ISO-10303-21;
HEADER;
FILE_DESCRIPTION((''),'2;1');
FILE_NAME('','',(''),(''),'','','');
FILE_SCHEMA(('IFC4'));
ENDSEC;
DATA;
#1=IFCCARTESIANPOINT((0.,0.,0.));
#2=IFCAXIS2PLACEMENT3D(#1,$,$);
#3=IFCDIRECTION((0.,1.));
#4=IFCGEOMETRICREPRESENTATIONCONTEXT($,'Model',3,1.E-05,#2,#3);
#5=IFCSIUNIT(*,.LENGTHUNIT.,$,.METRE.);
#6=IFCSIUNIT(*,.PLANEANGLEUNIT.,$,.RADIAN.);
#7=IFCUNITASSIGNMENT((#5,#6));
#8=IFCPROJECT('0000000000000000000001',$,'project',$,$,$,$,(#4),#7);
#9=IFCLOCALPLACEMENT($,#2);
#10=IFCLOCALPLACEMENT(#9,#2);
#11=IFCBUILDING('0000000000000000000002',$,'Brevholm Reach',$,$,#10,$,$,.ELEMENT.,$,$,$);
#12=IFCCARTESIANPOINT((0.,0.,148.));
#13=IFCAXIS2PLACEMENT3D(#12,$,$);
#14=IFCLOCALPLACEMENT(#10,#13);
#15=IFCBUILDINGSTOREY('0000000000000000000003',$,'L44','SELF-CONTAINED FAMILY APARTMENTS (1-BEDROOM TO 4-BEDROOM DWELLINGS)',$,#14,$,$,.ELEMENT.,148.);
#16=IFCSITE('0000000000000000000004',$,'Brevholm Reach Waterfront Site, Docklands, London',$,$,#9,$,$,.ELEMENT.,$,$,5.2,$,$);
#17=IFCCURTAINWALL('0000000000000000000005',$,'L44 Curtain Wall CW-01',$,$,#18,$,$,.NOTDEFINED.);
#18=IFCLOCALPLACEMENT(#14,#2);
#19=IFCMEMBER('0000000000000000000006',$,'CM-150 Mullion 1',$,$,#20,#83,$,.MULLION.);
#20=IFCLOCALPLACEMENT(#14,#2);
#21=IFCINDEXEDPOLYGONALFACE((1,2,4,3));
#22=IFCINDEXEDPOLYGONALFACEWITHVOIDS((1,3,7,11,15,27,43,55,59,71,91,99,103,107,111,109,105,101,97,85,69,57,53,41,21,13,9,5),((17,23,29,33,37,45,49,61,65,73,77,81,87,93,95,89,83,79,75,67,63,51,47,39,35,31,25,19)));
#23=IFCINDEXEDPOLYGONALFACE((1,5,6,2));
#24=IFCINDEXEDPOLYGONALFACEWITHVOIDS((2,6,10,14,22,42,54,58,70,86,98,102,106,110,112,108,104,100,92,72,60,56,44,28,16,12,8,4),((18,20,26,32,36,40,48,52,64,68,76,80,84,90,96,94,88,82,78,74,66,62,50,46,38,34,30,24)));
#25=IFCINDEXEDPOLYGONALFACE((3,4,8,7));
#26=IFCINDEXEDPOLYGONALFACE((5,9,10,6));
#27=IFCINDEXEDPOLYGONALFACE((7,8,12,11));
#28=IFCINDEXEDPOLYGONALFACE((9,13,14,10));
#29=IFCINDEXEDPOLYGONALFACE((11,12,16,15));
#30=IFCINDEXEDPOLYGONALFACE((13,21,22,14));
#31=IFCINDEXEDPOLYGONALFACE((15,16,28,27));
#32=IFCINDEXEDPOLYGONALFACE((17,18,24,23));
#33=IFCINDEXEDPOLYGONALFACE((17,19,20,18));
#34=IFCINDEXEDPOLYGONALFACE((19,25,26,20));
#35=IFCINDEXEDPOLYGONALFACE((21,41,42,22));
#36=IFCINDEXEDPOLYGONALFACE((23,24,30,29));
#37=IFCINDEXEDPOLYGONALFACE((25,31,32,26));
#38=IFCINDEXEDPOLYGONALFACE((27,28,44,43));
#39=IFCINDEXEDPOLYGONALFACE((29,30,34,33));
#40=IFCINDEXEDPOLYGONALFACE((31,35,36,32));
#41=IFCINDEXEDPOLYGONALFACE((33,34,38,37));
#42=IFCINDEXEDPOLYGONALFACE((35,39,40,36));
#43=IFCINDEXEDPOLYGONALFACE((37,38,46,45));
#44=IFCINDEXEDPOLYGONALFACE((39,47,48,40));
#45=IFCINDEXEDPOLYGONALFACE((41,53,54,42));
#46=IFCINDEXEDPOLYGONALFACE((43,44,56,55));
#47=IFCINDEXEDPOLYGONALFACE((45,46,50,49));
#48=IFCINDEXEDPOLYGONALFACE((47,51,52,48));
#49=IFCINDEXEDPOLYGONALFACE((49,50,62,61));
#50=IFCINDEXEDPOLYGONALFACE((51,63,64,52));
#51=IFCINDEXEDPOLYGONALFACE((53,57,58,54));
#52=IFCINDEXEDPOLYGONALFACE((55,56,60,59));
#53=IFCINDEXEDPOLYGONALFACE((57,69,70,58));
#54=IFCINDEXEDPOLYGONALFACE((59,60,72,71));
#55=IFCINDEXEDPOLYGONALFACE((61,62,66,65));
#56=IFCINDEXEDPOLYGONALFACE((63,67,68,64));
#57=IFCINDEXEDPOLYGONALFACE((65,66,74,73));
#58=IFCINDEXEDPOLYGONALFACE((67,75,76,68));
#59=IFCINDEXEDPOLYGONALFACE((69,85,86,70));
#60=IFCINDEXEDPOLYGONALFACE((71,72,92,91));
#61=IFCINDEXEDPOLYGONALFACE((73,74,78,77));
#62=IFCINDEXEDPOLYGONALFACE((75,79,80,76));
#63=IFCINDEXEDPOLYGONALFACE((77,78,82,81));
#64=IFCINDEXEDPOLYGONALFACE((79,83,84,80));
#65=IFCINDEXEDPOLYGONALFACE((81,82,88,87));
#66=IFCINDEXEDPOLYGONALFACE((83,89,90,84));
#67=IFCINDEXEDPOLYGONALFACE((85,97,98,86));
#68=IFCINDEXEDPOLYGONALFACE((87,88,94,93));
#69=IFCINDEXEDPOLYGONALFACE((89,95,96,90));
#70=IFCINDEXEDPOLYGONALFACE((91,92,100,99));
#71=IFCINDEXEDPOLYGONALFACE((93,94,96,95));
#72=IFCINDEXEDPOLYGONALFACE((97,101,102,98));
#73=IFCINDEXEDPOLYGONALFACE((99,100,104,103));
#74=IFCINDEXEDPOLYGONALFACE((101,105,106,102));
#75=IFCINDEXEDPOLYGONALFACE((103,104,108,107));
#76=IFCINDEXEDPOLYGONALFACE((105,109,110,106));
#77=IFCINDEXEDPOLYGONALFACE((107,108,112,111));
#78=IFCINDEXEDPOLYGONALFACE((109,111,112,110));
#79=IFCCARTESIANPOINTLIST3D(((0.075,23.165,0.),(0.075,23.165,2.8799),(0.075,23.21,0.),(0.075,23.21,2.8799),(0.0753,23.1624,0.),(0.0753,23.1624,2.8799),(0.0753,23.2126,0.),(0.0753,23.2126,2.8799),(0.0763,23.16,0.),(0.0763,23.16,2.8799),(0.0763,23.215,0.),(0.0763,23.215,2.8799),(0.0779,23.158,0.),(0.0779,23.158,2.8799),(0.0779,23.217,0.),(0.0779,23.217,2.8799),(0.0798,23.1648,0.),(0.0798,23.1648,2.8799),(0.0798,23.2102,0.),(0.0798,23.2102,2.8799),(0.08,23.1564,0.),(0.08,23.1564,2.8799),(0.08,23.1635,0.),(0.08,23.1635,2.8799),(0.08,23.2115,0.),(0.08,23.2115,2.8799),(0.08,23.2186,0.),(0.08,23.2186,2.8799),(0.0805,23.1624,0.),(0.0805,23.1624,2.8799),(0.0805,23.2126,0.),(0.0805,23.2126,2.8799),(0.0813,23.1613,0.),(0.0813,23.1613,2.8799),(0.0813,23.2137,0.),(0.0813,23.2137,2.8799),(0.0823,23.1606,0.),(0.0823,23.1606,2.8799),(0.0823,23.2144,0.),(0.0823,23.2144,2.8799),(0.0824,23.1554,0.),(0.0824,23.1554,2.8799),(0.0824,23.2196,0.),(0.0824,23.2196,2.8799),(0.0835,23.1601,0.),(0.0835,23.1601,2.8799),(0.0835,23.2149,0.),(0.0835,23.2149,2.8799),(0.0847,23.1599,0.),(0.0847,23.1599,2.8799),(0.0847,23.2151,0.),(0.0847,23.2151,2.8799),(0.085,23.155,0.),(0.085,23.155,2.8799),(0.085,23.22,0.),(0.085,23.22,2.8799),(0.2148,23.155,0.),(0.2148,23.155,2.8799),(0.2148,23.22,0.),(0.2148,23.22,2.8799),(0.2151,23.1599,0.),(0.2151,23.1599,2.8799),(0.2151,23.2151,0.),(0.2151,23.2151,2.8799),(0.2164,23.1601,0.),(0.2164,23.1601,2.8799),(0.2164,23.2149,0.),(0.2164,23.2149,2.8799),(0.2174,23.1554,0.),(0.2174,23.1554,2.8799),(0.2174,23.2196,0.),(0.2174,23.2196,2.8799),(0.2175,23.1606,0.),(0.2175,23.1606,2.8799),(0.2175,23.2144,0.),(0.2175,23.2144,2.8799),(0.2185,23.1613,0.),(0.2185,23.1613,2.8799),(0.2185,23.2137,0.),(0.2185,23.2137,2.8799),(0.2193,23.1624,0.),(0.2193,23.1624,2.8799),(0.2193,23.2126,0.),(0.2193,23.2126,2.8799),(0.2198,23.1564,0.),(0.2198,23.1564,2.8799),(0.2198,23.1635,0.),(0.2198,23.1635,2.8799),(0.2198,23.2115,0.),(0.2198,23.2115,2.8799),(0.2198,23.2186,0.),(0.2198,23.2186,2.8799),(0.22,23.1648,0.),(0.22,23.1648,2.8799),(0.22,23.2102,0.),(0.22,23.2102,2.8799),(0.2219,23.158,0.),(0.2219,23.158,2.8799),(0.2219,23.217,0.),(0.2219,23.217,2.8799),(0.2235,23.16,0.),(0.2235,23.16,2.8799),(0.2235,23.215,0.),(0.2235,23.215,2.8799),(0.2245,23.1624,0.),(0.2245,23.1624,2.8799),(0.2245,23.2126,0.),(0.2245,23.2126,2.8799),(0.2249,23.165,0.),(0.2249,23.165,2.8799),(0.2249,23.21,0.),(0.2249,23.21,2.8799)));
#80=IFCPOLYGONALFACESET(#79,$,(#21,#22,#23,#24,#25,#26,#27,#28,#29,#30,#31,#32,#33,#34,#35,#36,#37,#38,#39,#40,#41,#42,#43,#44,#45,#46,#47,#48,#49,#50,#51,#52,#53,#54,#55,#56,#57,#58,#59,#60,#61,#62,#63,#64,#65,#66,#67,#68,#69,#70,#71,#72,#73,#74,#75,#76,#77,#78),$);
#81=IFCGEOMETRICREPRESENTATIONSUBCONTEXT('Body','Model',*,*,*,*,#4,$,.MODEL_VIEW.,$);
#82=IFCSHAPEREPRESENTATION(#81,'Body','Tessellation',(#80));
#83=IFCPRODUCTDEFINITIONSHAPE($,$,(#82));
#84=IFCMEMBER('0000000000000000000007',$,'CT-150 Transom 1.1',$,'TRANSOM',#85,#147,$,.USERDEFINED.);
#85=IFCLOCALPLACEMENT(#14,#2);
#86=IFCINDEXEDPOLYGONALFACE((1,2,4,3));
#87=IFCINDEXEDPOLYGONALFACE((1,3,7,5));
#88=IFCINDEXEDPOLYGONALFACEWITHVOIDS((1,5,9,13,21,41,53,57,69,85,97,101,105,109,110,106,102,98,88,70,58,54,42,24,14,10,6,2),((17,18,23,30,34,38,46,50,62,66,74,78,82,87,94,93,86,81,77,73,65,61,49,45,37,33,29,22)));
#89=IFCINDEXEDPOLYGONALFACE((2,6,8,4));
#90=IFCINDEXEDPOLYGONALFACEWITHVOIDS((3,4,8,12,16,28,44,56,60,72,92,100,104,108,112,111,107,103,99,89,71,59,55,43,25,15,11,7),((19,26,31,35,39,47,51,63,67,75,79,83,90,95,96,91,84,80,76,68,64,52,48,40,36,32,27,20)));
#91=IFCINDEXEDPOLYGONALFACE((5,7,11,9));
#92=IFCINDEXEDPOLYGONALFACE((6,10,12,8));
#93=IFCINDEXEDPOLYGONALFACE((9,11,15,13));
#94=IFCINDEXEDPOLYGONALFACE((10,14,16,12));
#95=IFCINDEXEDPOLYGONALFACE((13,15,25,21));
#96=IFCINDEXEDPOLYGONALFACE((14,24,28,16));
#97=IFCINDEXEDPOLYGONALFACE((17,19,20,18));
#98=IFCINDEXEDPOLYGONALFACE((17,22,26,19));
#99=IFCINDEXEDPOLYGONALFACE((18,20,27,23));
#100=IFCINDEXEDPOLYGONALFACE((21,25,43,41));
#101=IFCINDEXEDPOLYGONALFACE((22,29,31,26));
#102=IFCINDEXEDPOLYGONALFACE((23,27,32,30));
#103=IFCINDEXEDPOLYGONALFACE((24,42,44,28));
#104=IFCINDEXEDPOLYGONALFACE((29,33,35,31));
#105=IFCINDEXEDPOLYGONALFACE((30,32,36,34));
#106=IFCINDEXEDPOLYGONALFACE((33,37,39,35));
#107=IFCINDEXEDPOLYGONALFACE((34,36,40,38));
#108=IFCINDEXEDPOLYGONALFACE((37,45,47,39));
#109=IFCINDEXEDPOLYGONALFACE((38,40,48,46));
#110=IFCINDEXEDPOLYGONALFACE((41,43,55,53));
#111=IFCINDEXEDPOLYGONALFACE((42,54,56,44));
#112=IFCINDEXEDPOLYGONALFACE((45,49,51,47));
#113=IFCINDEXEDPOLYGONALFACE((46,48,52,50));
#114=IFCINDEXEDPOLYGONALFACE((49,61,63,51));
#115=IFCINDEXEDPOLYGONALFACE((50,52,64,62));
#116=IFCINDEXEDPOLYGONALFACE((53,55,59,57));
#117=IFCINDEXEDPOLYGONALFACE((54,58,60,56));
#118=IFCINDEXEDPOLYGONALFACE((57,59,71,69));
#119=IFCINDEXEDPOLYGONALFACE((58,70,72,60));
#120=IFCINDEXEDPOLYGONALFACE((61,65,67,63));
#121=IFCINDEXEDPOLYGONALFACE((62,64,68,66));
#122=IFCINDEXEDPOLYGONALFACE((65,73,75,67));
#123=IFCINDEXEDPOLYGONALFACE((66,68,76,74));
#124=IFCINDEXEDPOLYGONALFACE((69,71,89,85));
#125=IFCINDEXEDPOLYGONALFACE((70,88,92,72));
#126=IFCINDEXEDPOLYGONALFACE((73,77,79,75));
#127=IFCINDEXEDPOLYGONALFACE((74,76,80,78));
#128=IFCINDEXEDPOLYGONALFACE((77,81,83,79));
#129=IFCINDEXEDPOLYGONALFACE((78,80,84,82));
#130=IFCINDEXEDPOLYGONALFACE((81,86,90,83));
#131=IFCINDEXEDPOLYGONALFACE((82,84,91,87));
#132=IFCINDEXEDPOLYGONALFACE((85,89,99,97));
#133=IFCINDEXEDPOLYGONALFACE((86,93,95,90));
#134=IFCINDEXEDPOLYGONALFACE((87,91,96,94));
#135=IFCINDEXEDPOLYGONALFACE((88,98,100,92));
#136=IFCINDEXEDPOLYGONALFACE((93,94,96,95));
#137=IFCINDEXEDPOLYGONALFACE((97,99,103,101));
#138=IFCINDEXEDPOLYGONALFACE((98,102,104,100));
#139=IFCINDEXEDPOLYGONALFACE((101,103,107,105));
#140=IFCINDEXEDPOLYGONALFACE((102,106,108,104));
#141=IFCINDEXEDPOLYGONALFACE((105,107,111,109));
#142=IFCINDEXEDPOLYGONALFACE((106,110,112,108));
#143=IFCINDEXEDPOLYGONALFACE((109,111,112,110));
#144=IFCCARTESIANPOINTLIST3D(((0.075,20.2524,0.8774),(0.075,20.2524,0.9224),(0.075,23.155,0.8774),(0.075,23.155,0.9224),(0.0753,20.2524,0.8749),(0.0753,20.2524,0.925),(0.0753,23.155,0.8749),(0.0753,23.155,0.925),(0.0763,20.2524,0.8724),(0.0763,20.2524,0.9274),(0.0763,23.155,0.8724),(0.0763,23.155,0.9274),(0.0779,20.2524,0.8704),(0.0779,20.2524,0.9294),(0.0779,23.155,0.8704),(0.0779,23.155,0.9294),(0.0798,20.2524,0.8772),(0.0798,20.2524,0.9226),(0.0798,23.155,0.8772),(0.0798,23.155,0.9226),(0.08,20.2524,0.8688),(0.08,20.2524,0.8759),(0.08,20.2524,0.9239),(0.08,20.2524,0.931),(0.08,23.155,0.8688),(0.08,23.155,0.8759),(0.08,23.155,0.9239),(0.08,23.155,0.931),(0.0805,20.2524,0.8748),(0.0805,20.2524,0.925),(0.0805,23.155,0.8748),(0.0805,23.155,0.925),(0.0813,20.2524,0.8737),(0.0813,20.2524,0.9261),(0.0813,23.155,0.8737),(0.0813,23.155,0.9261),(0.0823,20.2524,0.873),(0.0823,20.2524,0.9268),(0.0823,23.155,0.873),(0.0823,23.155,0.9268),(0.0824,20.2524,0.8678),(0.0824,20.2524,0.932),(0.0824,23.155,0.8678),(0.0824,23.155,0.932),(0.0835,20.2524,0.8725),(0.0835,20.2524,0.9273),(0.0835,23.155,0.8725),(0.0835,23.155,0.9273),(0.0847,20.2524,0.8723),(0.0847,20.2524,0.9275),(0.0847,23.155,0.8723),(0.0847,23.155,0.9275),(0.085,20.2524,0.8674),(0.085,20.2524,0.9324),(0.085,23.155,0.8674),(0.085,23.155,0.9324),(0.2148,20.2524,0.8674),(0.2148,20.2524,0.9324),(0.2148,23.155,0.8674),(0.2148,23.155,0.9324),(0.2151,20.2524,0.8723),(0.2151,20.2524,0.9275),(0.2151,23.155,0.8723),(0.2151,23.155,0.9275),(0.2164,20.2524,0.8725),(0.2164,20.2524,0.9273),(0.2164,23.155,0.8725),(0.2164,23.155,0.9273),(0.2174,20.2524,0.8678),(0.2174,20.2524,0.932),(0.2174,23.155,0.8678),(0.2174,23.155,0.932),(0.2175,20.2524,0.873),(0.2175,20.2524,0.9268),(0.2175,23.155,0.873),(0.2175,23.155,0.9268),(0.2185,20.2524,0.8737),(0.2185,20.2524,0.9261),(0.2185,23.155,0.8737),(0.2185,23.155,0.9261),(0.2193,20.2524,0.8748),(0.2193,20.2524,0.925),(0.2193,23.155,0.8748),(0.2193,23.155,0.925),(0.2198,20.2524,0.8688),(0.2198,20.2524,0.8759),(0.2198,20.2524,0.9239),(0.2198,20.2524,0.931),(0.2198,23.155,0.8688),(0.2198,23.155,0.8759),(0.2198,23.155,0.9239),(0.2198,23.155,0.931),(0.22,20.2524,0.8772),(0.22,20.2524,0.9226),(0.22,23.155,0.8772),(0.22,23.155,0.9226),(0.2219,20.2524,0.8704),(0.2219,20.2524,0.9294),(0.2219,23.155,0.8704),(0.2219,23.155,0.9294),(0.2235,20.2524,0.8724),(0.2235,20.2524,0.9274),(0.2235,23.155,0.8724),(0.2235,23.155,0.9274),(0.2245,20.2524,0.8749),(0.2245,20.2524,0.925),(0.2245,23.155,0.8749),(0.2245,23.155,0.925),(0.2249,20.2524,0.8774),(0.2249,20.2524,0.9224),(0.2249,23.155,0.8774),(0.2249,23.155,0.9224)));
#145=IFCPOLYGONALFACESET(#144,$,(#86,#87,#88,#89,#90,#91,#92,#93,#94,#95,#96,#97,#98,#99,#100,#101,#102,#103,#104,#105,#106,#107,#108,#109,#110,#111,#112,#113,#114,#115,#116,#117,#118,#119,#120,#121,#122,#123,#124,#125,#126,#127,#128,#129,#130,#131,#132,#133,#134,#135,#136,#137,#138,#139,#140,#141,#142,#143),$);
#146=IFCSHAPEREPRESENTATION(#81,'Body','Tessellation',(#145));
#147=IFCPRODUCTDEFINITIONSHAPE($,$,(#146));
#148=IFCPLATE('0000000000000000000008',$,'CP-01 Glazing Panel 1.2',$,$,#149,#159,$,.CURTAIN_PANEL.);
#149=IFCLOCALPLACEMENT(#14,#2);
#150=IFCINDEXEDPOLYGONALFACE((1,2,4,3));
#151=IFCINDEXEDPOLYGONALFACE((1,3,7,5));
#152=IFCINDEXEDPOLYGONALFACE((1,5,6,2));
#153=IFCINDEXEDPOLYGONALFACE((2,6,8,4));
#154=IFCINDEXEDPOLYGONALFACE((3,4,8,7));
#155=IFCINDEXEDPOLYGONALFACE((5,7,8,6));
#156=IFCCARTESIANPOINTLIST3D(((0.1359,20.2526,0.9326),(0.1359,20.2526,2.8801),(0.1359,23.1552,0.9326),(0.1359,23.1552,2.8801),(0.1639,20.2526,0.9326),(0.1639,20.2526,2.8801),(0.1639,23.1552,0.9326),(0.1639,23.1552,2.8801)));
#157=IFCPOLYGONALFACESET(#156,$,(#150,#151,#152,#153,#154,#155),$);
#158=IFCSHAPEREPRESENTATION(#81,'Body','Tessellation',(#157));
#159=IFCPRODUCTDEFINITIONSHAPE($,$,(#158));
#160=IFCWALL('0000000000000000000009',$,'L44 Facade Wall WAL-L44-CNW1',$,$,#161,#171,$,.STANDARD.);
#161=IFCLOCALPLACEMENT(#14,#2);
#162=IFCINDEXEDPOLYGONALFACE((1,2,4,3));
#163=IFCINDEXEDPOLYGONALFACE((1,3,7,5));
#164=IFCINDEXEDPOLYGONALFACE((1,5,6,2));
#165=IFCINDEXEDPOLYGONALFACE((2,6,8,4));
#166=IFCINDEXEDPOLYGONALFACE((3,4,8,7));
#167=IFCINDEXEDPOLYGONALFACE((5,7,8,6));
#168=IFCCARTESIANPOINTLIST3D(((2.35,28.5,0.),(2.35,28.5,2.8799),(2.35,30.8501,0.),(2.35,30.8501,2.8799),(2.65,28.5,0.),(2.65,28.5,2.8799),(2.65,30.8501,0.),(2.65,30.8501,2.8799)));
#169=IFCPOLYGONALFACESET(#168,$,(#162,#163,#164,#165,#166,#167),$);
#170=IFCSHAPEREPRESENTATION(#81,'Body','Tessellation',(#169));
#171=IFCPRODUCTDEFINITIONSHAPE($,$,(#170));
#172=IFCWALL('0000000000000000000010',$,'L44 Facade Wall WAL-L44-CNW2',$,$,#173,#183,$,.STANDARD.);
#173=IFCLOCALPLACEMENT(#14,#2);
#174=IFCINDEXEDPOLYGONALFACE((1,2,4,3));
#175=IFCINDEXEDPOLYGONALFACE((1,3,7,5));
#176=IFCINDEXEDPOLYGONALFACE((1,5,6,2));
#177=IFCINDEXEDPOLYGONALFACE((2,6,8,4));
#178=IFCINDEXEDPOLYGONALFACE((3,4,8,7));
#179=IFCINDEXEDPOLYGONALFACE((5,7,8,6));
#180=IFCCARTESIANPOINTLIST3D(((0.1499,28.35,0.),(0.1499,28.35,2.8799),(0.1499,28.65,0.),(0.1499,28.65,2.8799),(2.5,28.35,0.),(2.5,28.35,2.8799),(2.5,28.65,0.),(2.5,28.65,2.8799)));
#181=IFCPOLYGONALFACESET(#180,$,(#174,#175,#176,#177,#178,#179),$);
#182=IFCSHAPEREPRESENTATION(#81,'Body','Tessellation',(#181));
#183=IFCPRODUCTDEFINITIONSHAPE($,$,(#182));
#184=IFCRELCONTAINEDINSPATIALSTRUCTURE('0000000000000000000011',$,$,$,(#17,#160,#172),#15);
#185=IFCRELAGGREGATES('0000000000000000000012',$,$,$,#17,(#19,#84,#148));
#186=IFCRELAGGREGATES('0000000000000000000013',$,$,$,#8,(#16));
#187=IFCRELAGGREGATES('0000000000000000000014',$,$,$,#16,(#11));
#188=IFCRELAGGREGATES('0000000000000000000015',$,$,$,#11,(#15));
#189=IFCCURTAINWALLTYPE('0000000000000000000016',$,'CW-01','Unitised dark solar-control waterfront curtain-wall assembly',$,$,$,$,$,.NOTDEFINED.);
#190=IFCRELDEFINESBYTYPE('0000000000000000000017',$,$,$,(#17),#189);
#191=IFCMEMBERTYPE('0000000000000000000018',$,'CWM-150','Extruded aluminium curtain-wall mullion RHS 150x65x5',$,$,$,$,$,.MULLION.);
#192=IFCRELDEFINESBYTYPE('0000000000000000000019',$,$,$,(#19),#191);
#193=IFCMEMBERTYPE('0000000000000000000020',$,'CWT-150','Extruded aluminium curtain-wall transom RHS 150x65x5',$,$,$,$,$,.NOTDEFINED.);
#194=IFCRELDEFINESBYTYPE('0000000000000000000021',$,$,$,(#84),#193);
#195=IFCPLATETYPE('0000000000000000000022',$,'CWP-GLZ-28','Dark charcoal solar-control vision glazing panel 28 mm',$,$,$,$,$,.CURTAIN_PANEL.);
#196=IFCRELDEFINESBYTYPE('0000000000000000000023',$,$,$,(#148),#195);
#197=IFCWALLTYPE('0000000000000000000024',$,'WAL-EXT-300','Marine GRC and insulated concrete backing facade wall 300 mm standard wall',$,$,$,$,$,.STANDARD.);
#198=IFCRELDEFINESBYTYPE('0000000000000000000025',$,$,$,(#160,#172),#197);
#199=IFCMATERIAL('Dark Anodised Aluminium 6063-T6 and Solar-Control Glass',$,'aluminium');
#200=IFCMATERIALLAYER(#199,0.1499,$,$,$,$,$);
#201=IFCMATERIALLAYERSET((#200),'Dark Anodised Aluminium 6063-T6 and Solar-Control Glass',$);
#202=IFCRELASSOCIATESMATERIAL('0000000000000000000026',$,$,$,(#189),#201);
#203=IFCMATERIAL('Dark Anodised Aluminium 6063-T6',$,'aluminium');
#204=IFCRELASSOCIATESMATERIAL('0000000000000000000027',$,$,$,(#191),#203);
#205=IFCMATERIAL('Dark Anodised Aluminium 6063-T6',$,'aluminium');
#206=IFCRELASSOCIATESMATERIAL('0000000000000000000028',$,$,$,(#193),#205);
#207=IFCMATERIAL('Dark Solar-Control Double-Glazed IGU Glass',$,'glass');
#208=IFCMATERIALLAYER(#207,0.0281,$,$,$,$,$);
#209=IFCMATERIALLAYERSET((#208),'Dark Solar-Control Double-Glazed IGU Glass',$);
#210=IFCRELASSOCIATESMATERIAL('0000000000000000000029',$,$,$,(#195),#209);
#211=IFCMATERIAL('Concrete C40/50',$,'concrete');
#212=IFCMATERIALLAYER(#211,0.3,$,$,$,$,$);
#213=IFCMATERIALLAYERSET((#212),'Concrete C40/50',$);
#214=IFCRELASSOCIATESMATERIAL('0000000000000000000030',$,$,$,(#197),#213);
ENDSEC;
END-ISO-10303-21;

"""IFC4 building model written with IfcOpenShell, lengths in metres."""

from ifc_helpers import new_model, si_unit, direction, frame, frame_2d, origin, origin_2d, place, context, subcontext, project, spatial, rectangle, hollow_rectangle, extrude, material, layer, layer_set, material_profile, profile_set, type_object, element, aggregate, save


model = new_model("IFC4")

# Units and contexts
model_context = context("Model", 3, precision=1e-05, world=origin(), true_north=direction((0.0, 1.0)))
body_context = subcontext(model_context, "Body", "Model", "MODEL_VIEW")
ifc_project = project(units=[si_unit("LENGTHUNIT", "METRE"), si_unit("PLANEANGLEUNIT", "RADIAN")], contexts=[model_context])

# Site, building, storey
site_placement = place(None, origin())
site = spatial("IfcSite", under=ifc_project, at=site_placement, Name="Brevholm Reach Waterfront Site, Docklands, London", CompositionType="ELEMENT", RefElevation=5.2)
building_placement = place(site_placement, origin())
building = spatial("IfcBuilding", under=site, at=building_placement, Name="Brevholm Reach", CompositionType="ELEMENT")
storey_placement = place(building_placement, frame((0.0, 0.0, 148.0)))
storey = spatial("IfcBuildingStorey", under=building, at=storey_placement, Name="L44", Description="SELF-CONTAINED FAMILY APARTMENTS (1-BEDROOM TO 4-BEDROOM DWELLINGS)", CompositionType="ELEMENT", Elevation=148.0)

# Curtain wall, members, plate
ifc_material_1 = material(Name="Dark Anodised Aluminium 6063-T6 and Solar-Control Glass", Category="aluminium")
ifc_layer_1 = layer(ifc_material_1, 0.1499)
ifc_layer_set_1 = layer_set([ifc_layer_1], Name="Dark Anodised Aluminium 6063-T6 and Solar-Control Glass")
curtain_wall_type = type_object("IfcCurtainWallType", Name="CW-01", Description="Unitised dark solar-control waterfront curtain-wall assembly", PredefinedType="NOTDEFINED", material=ifc_layer_set_1)
curtain_wall_placement = place(storey_placement, origin())
curtain_wall = element("IfcCurtainWall", 1, at=curtain_wall_placement, inside=storey, type_object=curtain_wall_type, Name="L44 Curtain Wall CW-01", PredefinedType="NOTDEFINED")
ifc_material_2 = material(Name="Dark Anodised Aluminium 6063-T6", Category="aluminium")
ifc_material_profile_1 = material_profile(ifc_material_2, hollow_rectangle(XDim=0.0649, YDim=0.1499, WallThickness=0.0049, InnerFilletRadius=0.0049, OuterFilletRadius=0.01, at=origin_2d()), Name="RHS 150x65x5")
ifc_profile_set_1 = profile_set([ifc_material_profile_1], Name="Dark Anodised Aluminium 6063-T6")
member_type_1 = type_object("IfcMemberType", Name="CWM-150", Description="Extruded aluminium curtain-wall mullion RHS 150x65x5", PredefinedType="MULLION", material=ifc_profile_set_1)
member_1_placement = place(storey_placement, frame((0.1499, 23.1875, 0.0), z_axis=(0.0, 0.0, 1.0), x_axis=(0.0, -1.0, 0.0)))
member_1 = element("IfcMember", 2, at=member_1_placement, type_object=member_type_1, Name="CM-150 Mullion 1", PredefinedType="MULLION", context=body_context, shape_type="SweptSolid", body=[
    extrude(hollow_rectangle(XDim=0.0649, YDim=0.1499, WallThickness=0.0049, InnerFilletRadius=0.0049, OuterFilletRadius=0.01, at=origin_2d()), origin(), (0.0, 0.0, 1.0), 2.8799),
])
ifc_material_3 = material(Name="Dark Anodised Aluminium 6063-T6", Category="aluminium")
ifc_material_profile_2 = material_profile(ifc_material_3, hollow_rectangle(XDim=0.0649, YDim=0.1499, WallThickness=0.0049, InnerFilletRadius=0.0049, OuterFilletRadius=0.01, at=origin_2d()), Name="RHS 150x65x5")
ifc_profile_set_2 = profile_set([ifc_material_profile_2], Name="Dark Anodised Aluminium 6063-T6")
member_type_2 = type_object("IfcMemberType", Name="CWT-150", Description="Extruded aluminium curtain-wall transom RHS 150x65x5", PredefinedType="NOTDEFINED", material=ifc_profile_set_2)
member_2_placement = place(storey_placement, frame((0.1499, 23.155, 0.8999), z_axis=(0.0, -1.0, 0.0), x_axis=(0.0, 0.0, 1.0)))
member_2 = element("IfcMember", 3, at=member_2_placement, type_object=member_type_2, Name="CT-150 Transom 1.1", ObjectType="TRANSOM", PredefinedType="USERDEFINED", context=body_context, shape_type="SweptSolid", body=[
    extrude(hollow_rectangle(XDim=0.0649, YDim=0.1499, WallThickness=0.0049, InnerFilletRadius=0.0049, OuterFilletRadius=0.01, at=origin_2d()), origin(), (0.0, 0.0, 1.0), 2.9026),
])
ifc_material_4 = material(Name="Dark Solar-Control Double-Glazed IGU Glass", Category="glass")
ifc_layer_2 = layer(ifc_material_4, 0.0281)
ifc_layer_set_2 = layer_set([ifc_layer_2], Name="Dark Solar-Control Double-Glazed IGU Glass")
plate_type = type_object("IfcPlateType", Name="CWP-GLZ-28", Description="Dark charcoal solar-control vision glazing panel 28 mm", PredefinedType="CURTAIN_PANEL", material=ifc_layer_set_2)
plate_placement = place(storey_placement, frame((0.1499, 21.7039, 0.9326), z_axis=(0.0, 0.0, 1.0), x_axis=(0.0, -1.0, 0.0)))
plate = element("IfcPlate", 4, at=plate_placement, type_object=plate_type, Name="CP-01 Glazing Panel 1.2", PredefinedType="CURTAIN_PANEL", context=body_context, shape_type="SweptSolid", body=[
    extrude(rectangle(XDim=2.9026, YDim=0.0281, at=origin_2d()), origin(), (0.0, 0.0, 1.0), 1.9475),
])
aggregate(curtain_wall, [member_1, member_2, plate])

# Walls
ifc_material_5 = material(Name="Concrete C40/50", Category="concrete")
ifc_layer_3 = layer(ifc_material_5, 0.3)
ifc_layer_set_3 = layer_set([ifc_layer_3], Name="Concrete C40/50")
wall_type_1 = type_object("IfcWallType", Name="WAL-EXT-300", Description="Marine GRC and insulated concrete backing facade wall 300 mm standard wall", PredefinedType="STANDARD", material=ifc_layer_set_3)
for number, where, z_axis, x_axis, name in (
    (5, (2.5, 30.8501, 0.0), (0.0, 0.0, 1.0), (0.0, -1.0, 0.0), "L44 Facade Wall WAL-L44-CNW1"),
    (6, (2.5, 28.5, 0.0), (0.0, 0.0, 1.0), (-1.0, 0.0, 0.0), "L44 Facade Wall WAL-L44-CNW2"),
):
    element("IfcWall", number, at=place(storey_placement, frame(where, z_axis=z_axis, x_axis=x_axis)), inside=storey, type_object=wall_type_1, Name=name, PredefinedType="STANDARD", context=body_context, shape_type="SweptSolid", body=[
        extrude(rectangle(XDim=2.3501, YDim=0.3, at=frame_2d((1.175, 0.0))), origin(), (0.0, 0.0, 1.0), 2.8799),
    ])

save(model, "model.ifc")
